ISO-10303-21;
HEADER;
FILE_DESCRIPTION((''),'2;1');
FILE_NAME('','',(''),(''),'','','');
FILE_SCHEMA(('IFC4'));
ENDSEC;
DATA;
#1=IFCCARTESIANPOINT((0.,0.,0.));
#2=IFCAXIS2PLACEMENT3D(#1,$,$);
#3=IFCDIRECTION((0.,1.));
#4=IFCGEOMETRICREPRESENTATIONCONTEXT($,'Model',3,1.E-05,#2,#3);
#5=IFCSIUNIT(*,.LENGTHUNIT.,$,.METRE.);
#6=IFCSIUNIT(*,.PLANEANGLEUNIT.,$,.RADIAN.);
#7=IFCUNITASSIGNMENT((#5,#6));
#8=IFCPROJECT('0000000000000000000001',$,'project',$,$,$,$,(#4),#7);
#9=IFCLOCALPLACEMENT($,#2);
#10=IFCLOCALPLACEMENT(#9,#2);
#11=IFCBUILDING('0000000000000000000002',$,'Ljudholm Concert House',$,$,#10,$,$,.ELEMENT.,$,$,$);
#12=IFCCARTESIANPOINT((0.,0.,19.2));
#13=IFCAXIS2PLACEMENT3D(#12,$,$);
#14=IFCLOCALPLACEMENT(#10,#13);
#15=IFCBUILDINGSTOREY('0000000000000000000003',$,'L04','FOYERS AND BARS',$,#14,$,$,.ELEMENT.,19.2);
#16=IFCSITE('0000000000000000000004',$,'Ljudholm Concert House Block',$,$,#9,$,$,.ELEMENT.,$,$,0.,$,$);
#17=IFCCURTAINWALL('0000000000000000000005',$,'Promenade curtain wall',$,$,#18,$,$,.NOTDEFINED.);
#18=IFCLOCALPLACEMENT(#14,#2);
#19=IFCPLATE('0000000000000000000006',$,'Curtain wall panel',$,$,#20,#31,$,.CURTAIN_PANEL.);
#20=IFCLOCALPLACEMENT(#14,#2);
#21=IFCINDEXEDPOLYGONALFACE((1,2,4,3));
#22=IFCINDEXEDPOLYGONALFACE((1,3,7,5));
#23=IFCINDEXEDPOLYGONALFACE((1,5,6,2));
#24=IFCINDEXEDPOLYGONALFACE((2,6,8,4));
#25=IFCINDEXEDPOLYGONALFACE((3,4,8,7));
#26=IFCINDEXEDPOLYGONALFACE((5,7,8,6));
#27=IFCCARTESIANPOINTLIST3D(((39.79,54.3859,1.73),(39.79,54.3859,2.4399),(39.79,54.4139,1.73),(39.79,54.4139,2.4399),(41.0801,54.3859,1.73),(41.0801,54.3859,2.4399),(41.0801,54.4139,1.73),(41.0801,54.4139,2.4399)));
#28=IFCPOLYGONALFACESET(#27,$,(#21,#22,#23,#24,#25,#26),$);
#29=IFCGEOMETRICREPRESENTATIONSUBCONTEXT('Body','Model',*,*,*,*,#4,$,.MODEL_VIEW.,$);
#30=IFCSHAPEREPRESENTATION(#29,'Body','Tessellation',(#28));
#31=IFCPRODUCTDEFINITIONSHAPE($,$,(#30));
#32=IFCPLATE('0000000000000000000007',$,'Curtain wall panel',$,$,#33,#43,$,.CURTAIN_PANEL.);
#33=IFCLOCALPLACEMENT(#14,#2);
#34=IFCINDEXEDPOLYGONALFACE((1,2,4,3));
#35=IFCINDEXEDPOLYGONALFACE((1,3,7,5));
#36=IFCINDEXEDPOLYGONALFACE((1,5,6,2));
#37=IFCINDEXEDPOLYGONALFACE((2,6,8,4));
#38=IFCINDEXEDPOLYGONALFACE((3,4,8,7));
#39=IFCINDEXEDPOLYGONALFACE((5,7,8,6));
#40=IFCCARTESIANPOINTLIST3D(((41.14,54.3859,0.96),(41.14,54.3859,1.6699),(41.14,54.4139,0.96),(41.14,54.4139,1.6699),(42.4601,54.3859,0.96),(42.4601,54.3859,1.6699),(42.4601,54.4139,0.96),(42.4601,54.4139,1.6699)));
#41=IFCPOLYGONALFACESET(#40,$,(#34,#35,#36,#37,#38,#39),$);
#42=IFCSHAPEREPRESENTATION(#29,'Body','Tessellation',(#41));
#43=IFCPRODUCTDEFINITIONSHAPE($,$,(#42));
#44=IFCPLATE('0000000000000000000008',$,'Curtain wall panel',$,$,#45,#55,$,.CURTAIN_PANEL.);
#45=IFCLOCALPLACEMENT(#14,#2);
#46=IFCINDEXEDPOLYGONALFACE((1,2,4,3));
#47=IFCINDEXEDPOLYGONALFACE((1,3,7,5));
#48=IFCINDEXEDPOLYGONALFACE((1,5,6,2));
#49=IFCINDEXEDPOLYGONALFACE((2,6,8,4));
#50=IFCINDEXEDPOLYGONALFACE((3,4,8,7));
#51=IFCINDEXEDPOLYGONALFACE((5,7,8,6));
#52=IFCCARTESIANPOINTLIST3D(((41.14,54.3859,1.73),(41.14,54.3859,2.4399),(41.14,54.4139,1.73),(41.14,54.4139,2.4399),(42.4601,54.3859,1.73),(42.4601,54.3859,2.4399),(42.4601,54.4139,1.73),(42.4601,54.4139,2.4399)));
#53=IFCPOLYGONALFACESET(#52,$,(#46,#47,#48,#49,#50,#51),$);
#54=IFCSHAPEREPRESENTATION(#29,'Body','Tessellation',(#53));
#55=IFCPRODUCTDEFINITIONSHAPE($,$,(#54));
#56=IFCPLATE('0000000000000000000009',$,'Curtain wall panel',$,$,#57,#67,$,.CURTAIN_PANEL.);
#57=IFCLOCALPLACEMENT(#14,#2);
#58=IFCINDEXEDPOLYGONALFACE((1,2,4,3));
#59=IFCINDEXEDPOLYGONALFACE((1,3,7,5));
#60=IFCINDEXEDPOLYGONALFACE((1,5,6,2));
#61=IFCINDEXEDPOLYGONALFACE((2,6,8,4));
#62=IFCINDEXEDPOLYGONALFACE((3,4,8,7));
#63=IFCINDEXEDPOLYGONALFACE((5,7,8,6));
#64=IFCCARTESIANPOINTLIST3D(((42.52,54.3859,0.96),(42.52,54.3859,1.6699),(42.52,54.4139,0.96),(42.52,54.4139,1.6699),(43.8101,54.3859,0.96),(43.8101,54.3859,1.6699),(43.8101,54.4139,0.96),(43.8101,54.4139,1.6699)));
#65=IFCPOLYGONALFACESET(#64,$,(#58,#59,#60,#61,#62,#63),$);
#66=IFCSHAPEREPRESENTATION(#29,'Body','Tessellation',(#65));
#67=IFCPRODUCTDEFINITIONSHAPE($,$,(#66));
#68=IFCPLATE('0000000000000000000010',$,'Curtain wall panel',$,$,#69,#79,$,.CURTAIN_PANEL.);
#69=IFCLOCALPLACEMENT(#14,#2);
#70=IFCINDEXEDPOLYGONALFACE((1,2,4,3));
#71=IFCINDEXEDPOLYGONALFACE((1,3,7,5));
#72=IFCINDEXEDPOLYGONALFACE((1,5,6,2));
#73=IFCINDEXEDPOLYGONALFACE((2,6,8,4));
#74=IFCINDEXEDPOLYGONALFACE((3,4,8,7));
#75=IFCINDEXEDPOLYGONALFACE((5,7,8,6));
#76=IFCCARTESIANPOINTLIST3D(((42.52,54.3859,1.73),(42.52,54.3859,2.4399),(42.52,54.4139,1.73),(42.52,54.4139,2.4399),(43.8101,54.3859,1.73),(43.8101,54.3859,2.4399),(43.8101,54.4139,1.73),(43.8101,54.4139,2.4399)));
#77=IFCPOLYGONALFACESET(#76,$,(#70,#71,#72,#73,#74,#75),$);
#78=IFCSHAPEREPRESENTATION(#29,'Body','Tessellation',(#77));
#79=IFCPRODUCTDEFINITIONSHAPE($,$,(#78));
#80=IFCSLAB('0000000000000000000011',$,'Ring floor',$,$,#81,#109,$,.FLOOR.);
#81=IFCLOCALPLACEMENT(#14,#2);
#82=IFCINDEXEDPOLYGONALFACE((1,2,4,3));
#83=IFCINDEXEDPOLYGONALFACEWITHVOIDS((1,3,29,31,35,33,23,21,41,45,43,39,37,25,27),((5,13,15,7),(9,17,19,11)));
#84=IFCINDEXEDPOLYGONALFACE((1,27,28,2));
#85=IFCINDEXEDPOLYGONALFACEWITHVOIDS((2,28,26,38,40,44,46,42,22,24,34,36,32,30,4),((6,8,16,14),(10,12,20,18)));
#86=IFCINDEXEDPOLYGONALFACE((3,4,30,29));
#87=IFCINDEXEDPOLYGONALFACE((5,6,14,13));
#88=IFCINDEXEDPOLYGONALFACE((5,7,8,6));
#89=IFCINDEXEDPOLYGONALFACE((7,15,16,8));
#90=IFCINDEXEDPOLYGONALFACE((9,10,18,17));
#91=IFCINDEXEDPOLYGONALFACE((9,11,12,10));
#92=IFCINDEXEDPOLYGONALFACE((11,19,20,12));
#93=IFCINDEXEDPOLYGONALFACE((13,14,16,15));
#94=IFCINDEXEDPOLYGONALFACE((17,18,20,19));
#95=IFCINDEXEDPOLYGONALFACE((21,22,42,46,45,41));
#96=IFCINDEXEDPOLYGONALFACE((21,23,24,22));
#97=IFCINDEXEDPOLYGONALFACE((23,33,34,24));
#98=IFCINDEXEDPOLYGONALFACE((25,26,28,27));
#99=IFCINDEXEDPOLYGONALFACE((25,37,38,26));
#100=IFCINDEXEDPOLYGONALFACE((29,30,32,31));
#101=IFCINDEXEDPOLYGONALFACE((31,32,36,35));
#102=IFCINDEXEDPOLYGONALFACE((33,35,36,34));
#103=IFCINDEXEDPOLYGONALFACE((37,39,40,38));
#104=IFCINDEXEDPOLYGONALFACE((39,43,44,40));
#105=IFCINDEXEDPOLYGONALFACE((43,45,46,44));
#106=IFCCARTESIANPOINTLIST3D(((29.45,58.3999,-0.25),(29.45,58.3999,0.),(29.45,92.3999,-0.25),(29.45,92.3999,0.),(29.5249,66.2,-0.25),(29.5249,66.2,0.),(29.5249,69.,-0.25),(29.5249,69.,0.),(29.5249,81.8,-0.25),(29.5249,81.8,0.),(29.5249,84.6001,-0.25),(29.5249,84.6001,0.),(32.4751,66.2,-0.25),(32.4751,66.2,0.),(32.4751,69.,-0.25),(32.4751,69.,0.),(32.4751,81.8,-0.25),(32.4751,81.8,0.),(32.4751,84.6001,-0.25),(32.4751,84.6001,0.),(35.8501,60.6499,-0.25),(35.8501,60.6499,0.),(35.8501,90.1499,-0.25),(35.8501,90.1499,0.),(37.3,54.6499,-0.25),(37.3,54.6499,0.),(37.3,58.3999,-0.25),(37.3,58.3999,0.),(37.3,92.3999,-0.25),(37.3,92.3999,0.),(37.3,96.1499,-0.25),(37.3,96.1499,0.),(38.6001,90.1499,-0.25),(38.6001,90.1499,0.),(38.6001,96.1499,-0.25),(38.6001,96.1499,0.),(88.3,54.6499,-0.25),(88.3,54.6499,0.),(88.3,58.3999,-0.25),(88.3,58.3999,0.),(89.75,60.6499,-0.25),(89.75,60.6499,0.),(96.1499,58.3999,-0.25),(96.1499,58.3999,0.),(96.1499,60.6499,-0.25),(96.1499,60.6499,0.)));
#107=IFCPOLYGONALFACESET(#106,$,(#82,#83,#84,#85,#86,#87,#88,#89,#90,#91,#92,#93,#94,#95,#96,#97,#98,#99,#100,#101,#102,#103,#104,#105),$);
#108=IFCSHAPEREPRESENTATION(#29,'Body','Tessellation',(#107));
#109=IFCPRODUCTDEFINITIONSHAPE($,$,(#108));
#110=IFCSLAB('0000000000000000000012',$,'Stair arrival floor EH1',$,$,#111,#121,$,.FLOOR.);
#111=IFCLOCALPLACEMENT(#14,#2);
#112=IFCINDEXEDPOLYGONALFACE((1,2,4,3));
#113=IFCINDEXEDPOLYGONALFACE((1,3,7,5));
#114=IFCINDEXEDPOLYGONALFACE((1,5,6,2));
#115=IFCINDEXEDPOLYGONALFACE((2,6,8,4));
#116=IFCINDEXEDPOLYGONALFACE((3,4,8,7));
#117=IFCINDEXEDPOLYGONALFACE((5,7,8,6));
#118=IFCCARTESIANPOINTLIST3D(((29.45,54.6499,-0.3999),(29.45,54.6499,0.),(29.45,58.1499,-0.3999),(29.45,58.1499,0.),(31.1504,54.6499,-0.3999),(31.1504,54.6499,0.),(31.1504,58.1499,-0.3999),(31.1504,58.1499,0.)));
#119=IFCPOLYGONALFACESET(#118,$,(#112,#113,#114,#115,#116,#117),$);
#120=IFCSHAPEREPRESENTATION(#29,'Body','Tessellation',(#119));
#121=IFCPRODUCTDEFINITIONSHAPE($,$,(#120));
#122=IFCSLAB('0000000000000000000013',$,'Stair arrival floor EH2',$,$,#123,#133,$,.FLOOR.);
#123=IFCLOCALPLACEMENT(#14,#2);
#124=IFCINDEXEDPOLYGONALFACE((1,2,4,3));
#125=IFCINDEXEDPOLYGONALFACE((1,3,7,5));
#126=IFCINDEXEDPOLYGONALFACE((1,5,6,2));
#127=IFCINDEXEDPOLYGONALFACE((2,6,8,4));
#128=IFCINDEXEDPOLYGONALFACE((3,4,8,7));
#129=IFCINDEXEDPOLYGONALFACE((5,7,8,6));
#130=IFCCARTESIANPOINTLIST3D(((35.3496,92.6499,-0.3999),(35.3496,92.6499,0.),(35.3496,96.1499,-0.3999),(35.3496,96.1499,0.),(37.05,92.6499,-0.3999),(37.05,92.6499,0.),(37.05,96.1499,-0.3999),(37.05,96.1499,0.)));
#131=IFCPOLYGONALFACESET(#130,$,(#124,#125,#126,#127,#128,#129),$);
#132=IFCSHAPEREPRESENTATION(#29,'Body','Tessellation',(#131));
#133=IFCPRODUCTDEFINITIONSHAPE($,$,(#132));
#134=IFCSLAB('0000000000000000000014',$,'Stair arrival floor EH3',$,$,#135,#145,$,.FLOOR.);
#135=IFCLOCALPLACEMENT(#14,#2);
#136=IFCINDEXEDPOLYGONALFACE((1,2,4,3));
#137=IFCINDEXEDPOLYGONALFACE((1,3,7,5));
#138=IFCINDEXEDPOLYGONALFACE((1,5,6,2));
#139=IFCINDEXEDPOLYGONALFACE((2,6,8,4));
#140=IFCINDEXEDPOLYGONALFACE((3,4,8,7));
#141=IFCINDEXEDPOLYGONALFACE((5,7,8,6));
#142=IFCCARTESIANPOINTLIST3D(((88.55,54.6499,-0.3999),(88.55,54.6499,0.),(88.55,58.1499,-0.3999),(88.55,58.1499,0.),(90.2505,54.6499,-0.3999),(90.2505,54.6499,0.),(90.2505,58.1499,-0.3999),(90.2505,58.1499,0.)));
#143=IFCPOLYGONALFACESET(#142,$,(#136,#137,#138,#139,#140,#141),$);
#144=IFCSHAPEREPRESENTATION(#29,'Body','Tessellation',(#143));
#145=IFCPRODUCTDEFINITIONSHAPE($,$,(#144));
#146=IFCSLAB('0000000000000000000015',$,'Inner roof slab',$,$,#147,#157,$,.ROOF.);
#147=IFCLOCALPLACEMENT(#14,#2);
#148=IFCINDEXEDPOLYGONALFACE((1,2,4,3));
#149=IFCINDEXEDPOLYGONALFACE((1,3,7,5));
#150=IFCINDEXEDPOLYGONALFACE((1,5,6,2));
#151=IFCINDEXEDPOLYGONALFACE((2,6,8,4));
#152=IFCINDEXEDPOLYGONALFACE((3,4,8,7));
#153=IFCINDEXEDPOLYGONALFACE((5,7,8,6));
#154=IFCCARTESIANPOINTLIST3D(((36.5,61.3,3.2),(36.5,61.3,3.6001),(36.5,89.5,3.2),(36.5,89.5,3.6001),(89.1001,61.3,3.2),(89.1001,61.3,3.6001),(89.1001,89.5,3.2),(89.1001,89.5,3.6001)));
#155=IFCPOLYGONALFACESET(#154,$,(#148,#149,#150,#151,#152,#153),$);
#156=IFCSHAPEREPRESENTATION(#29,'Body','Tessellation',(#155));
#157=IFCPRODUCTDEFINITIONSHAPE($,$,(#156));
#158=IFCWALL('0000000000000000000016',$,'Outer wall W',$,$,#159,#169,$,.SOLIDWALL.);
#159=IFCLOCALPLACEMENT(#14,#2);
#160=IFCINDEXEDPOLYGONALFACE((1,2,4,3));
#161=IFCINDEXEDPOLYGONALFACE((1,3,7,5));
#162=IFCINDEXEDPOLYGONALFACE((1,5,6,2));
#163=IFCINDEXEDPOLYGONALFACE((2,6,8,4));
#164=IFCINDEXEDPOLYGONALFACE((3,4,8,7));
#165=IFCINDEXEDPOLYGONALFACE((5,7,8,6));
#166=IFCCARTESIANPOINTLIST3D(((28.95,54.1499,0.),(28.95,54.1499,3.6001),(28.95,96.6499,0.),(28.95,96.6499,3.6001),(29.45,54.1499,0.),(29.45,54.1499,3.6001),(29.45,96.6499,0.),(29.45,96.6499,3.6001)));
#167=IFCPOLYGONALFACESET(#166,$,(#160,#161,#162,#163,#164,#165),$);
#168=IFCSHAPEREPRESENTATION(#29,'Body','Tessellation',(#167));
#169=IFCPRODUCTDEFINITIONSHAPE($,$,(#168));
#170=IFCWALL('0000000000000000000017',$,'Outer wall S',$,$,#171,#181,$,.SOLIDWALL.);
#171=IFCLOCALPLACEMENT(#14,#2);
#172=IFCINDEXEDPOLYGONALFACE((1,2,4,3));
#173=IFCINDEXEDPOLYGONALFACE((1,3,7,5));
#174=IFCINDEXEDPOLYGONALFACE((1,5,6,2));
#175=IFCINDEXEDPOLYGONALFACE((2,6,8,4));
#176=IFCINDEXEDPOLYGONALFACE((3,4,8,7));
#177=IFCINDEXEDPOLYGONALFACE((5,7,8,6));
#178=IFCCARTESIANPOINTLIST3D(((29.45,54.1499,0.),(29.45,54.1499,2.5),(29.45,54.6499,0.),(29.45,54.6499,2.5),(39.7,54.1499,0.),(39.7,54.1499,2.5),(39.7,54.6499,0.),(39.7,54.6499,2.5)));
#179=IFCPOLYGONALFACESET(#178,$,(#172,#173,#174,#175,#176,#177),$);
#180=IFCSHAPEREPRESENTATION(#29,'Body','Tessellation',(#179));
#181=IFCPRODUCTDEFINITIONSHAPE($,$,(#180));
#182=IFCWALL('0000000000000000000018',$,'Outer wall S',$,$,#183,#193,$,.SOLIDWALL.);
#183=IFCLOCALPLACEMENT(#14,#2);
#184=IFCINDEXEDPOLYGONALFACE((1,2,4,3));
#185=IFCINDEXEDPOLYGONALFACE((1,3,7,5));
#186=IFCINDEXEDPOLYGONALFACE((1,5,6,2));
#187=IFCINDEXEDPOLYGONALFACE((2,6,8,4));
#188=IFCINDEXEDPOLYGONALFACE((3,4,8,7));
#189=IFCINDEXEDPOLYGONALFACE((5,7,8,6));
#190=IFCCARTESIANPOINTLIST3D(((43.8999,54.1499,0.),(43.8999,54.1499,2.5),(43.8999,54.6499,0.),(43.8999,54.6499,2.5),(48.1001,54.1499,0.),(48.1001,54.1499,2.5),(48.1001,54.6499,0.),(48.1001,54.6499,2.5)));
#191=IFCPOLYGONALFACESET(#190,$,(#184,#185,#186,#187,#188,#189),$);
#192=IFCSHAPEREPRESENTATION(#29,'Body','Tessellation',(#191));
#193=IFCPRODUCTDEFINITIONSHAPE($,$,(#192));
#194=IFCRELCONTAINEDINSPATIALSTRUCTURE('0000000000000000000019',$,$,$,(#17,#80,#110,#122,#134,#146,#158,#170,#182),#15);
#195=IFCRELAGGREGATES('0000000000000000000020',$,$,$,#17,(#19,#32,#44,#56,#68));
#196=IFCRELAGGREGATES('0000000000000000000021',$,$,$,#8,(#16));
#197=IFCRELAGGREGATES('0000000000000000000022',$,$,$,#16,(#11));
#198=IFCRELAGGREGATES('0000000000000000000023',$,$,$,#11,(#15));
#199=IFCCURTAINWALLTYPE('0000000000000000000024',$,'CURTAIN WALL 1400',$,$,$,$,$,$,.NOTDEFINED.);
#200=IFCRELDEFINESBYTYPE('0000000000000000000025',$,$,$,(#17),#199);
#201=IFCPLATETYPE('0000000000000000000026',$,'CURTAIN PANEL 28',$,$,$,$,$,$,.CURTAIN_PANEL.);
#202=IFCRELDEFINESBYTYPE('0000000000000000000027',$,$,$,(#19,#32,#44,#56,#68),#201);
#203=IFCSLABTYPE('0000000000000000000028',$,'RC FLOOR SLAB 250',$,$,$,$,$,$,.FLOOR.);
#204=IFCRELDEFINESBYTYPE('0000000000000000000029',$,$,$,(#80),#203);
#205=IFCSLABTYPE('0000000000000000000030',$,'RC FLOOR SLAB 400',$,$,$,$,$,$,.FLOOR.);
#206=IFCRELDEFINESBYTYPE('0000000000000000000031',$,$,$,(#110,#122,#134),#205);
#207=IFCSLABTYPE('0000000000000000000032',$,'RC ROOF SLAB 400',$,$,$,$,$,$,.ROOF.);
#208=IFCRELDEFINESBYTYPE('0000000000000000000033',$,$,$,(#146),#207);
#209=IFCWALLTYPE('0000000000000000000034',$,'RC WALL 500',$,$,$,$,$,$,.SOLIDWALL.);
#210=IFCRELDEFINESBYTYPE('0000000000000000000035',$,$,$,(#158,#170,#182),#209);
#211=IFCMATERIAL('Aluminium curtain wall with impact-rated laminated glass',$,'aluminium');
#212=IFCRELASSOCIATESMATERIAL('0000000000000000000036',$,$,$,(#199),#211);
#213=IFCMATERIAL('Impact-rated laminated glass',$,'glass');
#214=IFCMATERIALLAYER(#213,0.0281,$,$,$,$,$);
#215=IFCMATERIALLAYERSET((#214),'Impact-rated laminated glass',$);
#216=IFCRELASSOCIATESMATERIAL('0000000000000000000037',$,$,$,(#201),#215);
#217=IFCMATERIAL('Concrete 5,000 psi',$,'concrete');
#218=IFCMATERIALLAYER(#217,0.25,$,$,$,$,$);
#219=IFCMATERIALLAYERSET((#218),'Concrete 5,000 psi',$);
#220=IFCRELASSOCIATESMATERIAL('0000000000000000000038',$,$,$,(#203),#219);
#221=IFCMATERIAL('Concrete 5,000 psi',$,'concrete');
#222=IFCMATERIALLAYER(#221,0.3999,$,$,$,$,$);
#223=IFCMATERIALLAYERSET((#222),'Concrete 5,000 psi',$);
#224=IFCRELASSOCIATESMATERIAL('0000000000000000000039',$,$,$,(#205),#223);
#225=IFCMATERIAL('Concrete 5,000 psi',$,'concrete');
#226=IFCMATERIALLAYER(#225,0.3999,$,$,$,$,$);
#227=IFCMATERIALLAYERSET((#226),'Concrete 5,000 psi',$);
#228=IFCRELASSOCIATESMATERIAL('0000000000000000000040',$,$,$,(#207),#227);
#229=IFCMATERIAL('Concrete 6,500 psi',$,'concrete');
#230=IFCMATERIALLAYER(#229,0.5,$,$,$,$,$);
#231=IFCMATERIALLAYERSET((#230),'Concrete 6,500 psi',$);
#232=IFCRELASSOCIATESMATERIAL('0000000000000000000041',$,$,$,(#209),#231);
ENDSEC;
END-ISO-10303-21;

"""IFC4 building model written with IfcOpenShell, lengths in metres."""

from ifc_helpers import new_model, si_unit, direction, frame, frame_2d, origin, origin_2d, place, context, subcontext, project, spatial, polyline, rectangle, outline, extrude, material, layer, layer_set, type_object, element, aggregate, save


model = new_model("IFC4")

# Units and contexts
model_context = context("Model", 3, precision=1e-05, world=origin(), true_north=direction((0.0, 1.0)))
body_context = subcontext(model_context, "Body", "Model", "MODEL_VIEW")
ifc_project = project(units=[si_unit("LENGTHUNIT", "METRE"), si_unit("PLANEANGLEUNIT", "RADIAN")], contexts=[model_context])

# Site, building, storey
site_placement = place(None, origin())
site = spatial("IfcSite", under=ifc_project, at=site_placement, Name="Ljudholm Concert House Block", CompositionType="ELEMENT", RefElevation=0.0)
building_placement = place(site_placement, origin())
building = spatial("IfcBuilding", under=site, at=building_placement, Name="Ljudholm Concert House", CompositionType="ELEMENT")
storey_placement = place(building_placement, frame((0.0, 0.0, 19.2)))
storey = spatial("IfcBuildingStorey", under=building, at=storey_placement, Name="L04", Description="FOYERS AND BARS", CompositionType="ELEMENT", Elevation=19.2)

# Curtain wall, plates
ifc_material_1 = material(Name="Aluminium curtain wall with impact-rated laminated glass", Category="aluminium")
curtain_wall_type = type_object("IfcCurtainWallType", Name="CURTAIN WALL 1400", PredefinedType="NOTDEFINED", material=ifc_material_1)
curtain_wall_placement = place(storey_placement, origin())
curtain_wall = element("IfcCurtainWall", 1, at=curtain_wall_placement, inside=storey, type_object=curtain_wall_type, Name="Promenade curtain wall", PredefinedType="NOTDEFINED")
ifc_material_2 = material(Name="Impact-rated laminated glass", Category="glass")
ifc_layer_1 = layer(ifc_material_2, 0.0281)
ifc_layer_set_1 = layer_set([ifc_layer_1], Name="Impact-rated laminated glass")
plate_type = type_object("IfcPlateType", Name="CURTAIN PANEL 28", PredefinedType="CURTAIN_PANEL", material=ifc_layer_set_1)
plate_1_placement = place(storey_placement, frame((40.4351, 54.3999, 1.73), z_axis=(0.0, 0.0, 1.0), x_axis=(1.0, 0.0, 0.0)))
plate_1 = element("IfcPlate", 2, at=plate_1_placement, type_object=plate_type, Name="Curtain wall panel", PredefinedType="CURTAIN_PANEL", context=body_context, shape_type="SweptSolid", body=[
    extrude(rectangle(XDim=1.29, YDim=0.0281, at=origin_2d()), origin(), (0.0, 0.0, 1.0), 0.71),
])
plate_2_placement = place(storey_placement, frame((41.8, 54.3999, 0.96), z_axis=(0.0, 0.0, 1.0), x_axis=(1.0, 0.0, 0.0)))
plate_2 = element("IfcPlate", 3, at=plate_2_placement, type_object=plate_type, Name="Curtain wall panel", PredefinedType="CURTAIN_PANEL", context=body_context, shape_type="SweptSolid", body=[
    extrude(rectangle(XDim=1.3201, YDim=0.0281, at=origin_2d()), origin(), (0.0, 0.0, 1.0), 0.71),
])
plate_3_placement = place(storey_placement, frame((41.8, 54.3999, 1.73), z_axis=(0.0, 0.0, 1.0), x_axis=(1.0, 0.0, 0.0)))
plate_3 = element("IfcPlate", 4, at=plate_3_placement, type_object=plate_type, Name="Curtain wall panel", PredefinedType="CURTAIN_PANEL", context=body_context, shape_type="SweptSolid", body=[
    extrude(rectangle(XDim=1.3201, YDim=0.0281, at=origin_2d()), origin(), (0.0, 0.0, 1.0), 0.71),
])
plate_4_placement = place(storey_placement, frame((43.165, 54.3999, 0.96), z_axis=(0.0, 0.0, 1.0), x_axis=(1.0, 0.0, 0.0)))
plate_4 = element("IfcPlate", 5, at=plate_4_placement, type_object=plate_type, Name="Curtain wall panel", PredefinedType="CURTAIN_PANEL", context=body_context, shape_type="SweptSolid", body=[
    extrude(rectangle(XDim=1.29, YDim=0.0281, at=origin_2d()), origin(), (0.0, 0.0, 1.0), 0.71),
])
plate_5_placement = place(storey_placement, frame((43.165, 54.3999, 1.73), z_axis=(0.0, 0.0, 1.0), x_axis=(1.0, 0.0, 0.0)))
plate_5 = element("IfcPlate", 6, at=plate_5_placement, type_object=plate_type, Name="Curtain wall panel", PredefinedType="CURTAIN_PANEL", context=body_context, shape_type="SweptSolid", body=[
    extrude(rectangle(XDim=1.29, YDim=0.0281, at=origin_2d()), origin(), (0.0, 0.0, 1.0), 0.71),
])
aggregate(curtain_wall, [plate_1, plate_2, plate_3, plate_4, plate_5])

# Slabs
ifc_material_3 = material(Name="Concrete 5,000 psi", Category="concrete")
ifc_layer_2 = layer(ifc_material_3, 0.25)
ifc_layer_set_2 = layer_set([ifc_layer_2], Name="Concrete 5,000 psi")
slab_type_1 = type_object("IfcSlabType", Name="RC FLOOR SLAB 250", PredefinedType="FLOOR", material=ifc_layer_set_2)
slab_1_placement = place(storey_placement, frame((0.0, 0.0, -0.25)))
element("IfcSlab", 7, at=slab_1_placement, inside=storey, type_object=slab_type_1, Name="Ring floor", PredefinedType="FLOOR", context=body_context, shape_type="SweptSolid", body=[
    extrude(outline(polyline([(96.1499, 58.3999), (88.3, 58.3999), (88.3, 54.6499), (37.3, 54.6499), (37.3, 58.3999), (29.45, 58.3999), (29.45, 92.3999), (37.3, 92.3999), (37.3, 96.1499), (38.6001, 96.1499), (38.6001, 90.1499), (35.8501, 90.1499), (35.8501, 60.6499), (89.75, 60.6499), (96.1499, 60.6499), (96.1499, 58.3999)]), holes=[polyline([(29.5249, 69.0), (29.5249, 66.2), (32.4751, 66.2), (32.4751, 69.0), (29.5249, 69.0)]), polyline([(29.5249, 84.6001), (29.5249, 81.8), (32.4751, 81.8), (32.4751, 84.6001), (29.5249, 84.6001)])]), origin(), (0.0, 0.0, 1.0), 0.25),
])
ifc_material_4 = material(Name="Concrete 5,000 psi", Category="concrete")
ifc_layer_3 = layer(ifc_material_4, 0.3999)
ifc_layer_set_3 = layer_set([ifc_layer_3], Name="Concrete 5,000 psi")
slab_type_2 = type_object("IfcSlabType", Name="RC FLOOR SLAB 400", PredefinedType="FLOOR", material=ifc_layer_set_3)
slab_2_placement = place(storey_placement, frame((0.0, 0.0, -0.3999)))
element("IfcSlab", 8, at=slab_2_placement, inside=storey, type_object=slab_type_2, Name="Stair arrival floor EH1", PredefinedType="FLOOR", context=body_context, shape_type="SweptSolid", body=[
    extrude(outline(polyline([(31.1504, 54.6499), (31.1504, 58.1499), (29.45, 58.1499), (29.45, 54.6499), (31.1504, 54.6499)])), origin(), (0.0, 0.0, 1.0), 0.3999),
])
slab_3_placement = place(storey_placement, frame((0.0, 0.0, -0.3999)))
element("IfcSlab", 9, at=slab_3_placement, inside=storey, type_object=slab_type_2, Name="Stair arrival floor EH2", PredefinedType="FLOOR", context=body_context, shape_type="SweptSolid", body=[
    extrude(outline(polyline([(37.05, 92.6499), (37.05, 96.1499), (35.3496, 96.1499), (35.3496, 92.6499), (37.05, 92.6499)])), origin(), (0.0, 0.0, 1.0), 0.3999),
])
slab_4_placement = place(storey_placement, frame((0.0, 0.0, -0.3999)))
element("IfcSlab", 10, at=slab_4_placement, inside=storey, type_object=slab_type_2, Name="Stair arrival floor EH3", PredefinedType="FLOOR", context=body_context, shape_type="SweptSolid", body=[
    extrude(outline(polyline([(90.2505, 54.6499), (90.2505, 58.1499), (88.55, 58.1499), (88.55, 54.6499), (90.2505, 54.6499)])), origin(), (0.0, 0.0, 1.0), 0.3999),
])
ifc_material_5 = material(Name="Concrete 5,000 psi", Category="concrete")
ifc_layer_4 = layer(ifc_material_5, 0.3999)
ifc_layer_set_4 = layer_set([ifc_layer_4], Name="Concrete 5,000 psi")
slab_type_3 = type_object("IfcSlabType", Name="RC ROOF SLAB 400", PredefinedType="ROOF", material=ifc_layer_set_4)
slab_5_placement = place(storey_placement, frame((0.0, 0.0, 3.2)))
element("IfcSlab", 11, at=slab_5_placement, inside=storey, type_object=slab_type_3, Name="Inner roof slab", PredefinedType="ROOF", context=body_context, shape_type="SweptSolid", body=[
    extrude(outline(polyline([(36.5, 61.3), (89.1001, 61.3), (89.1001, 89.5), (36.5, 89.5), (36.5, 61.3)])), origin(), (0.0, 0.0, 1.0), 0.4001),
])

# Walls
ifc_material_6 = material(Name="Concrete 6,500 psi", Category="concrete")
ifc_layer_5 = layer(ifc_material_6, 0.5)
ifc_layer_set_5 = layer_set([ifc_layer_5], Name="Concrete 6,500 psi")
wall_type = type_object("IfcWallType", Name="RC WALL 500", PredefinedType="SOLIDWALL", material=ifc_layer_set_5)
wall_1_placement = place(storey_placement, frame((29.2, 54.1499, 0.0), z_axis=(0.0, 0.0, 1.0), x_axis=(0.0, 1.0, 0.0)))
element("IfcWall", 12, at=wall_1_placement, inside=storey, type_object=wall_type, Name="Outer wall W", PredefinedType="SOLIDWALL", context=body_context, shape_type="SweptSolid", body=[
    extrude(rectangle(XDim=42.5, YDim=0.5, at=frame_2d((21.25, 0.0))), origin(), (0.0, 0.0, 1.0), 3.6001),
])
wall_2_placement = place(storey_placement, frame((29.45, 54.3999, 0.0), z_axis=(0.0, 0.0, 1.0), x_axis=(1.0, 0.0, 0.0)))
element("IfcWall", 13, at=wall_2_placement, inside=storey, type_object=wall_type, Name="Outer wall S", PredefinedType="SOLIDWALL", context=body_context, shape_type="SweptSolid", body=[
    extrude(rectangle(XDim=10.25, YDim=0.5, at=frame_2d((5.125, 0.0))), origin(), (0.0, 0.0, 1.0), 2.5),
])
wall_3_placement = place(storey_placement, frame((43.8999, 54.3999, 0.0), z_axis=(0.0, 0.0, 1.0), x_axis=(1.0, 0.0, 0.0)))
element("IfcWall", 14, at=wall_3_placement, inside=storey, type_object=wall_type, Name="Outer wall S", PredefinedType="SOLIDWALL", context=body_context, shape_type="SweptSolid", body=[
    extrude(rectangle(XDim=4.2002, YDim=0.5, at=frame_2d((2.1001, 0.0))), origin(), (0.0, 0.0, 1.0), 2.5),
])

save(model, "model.ifc")
